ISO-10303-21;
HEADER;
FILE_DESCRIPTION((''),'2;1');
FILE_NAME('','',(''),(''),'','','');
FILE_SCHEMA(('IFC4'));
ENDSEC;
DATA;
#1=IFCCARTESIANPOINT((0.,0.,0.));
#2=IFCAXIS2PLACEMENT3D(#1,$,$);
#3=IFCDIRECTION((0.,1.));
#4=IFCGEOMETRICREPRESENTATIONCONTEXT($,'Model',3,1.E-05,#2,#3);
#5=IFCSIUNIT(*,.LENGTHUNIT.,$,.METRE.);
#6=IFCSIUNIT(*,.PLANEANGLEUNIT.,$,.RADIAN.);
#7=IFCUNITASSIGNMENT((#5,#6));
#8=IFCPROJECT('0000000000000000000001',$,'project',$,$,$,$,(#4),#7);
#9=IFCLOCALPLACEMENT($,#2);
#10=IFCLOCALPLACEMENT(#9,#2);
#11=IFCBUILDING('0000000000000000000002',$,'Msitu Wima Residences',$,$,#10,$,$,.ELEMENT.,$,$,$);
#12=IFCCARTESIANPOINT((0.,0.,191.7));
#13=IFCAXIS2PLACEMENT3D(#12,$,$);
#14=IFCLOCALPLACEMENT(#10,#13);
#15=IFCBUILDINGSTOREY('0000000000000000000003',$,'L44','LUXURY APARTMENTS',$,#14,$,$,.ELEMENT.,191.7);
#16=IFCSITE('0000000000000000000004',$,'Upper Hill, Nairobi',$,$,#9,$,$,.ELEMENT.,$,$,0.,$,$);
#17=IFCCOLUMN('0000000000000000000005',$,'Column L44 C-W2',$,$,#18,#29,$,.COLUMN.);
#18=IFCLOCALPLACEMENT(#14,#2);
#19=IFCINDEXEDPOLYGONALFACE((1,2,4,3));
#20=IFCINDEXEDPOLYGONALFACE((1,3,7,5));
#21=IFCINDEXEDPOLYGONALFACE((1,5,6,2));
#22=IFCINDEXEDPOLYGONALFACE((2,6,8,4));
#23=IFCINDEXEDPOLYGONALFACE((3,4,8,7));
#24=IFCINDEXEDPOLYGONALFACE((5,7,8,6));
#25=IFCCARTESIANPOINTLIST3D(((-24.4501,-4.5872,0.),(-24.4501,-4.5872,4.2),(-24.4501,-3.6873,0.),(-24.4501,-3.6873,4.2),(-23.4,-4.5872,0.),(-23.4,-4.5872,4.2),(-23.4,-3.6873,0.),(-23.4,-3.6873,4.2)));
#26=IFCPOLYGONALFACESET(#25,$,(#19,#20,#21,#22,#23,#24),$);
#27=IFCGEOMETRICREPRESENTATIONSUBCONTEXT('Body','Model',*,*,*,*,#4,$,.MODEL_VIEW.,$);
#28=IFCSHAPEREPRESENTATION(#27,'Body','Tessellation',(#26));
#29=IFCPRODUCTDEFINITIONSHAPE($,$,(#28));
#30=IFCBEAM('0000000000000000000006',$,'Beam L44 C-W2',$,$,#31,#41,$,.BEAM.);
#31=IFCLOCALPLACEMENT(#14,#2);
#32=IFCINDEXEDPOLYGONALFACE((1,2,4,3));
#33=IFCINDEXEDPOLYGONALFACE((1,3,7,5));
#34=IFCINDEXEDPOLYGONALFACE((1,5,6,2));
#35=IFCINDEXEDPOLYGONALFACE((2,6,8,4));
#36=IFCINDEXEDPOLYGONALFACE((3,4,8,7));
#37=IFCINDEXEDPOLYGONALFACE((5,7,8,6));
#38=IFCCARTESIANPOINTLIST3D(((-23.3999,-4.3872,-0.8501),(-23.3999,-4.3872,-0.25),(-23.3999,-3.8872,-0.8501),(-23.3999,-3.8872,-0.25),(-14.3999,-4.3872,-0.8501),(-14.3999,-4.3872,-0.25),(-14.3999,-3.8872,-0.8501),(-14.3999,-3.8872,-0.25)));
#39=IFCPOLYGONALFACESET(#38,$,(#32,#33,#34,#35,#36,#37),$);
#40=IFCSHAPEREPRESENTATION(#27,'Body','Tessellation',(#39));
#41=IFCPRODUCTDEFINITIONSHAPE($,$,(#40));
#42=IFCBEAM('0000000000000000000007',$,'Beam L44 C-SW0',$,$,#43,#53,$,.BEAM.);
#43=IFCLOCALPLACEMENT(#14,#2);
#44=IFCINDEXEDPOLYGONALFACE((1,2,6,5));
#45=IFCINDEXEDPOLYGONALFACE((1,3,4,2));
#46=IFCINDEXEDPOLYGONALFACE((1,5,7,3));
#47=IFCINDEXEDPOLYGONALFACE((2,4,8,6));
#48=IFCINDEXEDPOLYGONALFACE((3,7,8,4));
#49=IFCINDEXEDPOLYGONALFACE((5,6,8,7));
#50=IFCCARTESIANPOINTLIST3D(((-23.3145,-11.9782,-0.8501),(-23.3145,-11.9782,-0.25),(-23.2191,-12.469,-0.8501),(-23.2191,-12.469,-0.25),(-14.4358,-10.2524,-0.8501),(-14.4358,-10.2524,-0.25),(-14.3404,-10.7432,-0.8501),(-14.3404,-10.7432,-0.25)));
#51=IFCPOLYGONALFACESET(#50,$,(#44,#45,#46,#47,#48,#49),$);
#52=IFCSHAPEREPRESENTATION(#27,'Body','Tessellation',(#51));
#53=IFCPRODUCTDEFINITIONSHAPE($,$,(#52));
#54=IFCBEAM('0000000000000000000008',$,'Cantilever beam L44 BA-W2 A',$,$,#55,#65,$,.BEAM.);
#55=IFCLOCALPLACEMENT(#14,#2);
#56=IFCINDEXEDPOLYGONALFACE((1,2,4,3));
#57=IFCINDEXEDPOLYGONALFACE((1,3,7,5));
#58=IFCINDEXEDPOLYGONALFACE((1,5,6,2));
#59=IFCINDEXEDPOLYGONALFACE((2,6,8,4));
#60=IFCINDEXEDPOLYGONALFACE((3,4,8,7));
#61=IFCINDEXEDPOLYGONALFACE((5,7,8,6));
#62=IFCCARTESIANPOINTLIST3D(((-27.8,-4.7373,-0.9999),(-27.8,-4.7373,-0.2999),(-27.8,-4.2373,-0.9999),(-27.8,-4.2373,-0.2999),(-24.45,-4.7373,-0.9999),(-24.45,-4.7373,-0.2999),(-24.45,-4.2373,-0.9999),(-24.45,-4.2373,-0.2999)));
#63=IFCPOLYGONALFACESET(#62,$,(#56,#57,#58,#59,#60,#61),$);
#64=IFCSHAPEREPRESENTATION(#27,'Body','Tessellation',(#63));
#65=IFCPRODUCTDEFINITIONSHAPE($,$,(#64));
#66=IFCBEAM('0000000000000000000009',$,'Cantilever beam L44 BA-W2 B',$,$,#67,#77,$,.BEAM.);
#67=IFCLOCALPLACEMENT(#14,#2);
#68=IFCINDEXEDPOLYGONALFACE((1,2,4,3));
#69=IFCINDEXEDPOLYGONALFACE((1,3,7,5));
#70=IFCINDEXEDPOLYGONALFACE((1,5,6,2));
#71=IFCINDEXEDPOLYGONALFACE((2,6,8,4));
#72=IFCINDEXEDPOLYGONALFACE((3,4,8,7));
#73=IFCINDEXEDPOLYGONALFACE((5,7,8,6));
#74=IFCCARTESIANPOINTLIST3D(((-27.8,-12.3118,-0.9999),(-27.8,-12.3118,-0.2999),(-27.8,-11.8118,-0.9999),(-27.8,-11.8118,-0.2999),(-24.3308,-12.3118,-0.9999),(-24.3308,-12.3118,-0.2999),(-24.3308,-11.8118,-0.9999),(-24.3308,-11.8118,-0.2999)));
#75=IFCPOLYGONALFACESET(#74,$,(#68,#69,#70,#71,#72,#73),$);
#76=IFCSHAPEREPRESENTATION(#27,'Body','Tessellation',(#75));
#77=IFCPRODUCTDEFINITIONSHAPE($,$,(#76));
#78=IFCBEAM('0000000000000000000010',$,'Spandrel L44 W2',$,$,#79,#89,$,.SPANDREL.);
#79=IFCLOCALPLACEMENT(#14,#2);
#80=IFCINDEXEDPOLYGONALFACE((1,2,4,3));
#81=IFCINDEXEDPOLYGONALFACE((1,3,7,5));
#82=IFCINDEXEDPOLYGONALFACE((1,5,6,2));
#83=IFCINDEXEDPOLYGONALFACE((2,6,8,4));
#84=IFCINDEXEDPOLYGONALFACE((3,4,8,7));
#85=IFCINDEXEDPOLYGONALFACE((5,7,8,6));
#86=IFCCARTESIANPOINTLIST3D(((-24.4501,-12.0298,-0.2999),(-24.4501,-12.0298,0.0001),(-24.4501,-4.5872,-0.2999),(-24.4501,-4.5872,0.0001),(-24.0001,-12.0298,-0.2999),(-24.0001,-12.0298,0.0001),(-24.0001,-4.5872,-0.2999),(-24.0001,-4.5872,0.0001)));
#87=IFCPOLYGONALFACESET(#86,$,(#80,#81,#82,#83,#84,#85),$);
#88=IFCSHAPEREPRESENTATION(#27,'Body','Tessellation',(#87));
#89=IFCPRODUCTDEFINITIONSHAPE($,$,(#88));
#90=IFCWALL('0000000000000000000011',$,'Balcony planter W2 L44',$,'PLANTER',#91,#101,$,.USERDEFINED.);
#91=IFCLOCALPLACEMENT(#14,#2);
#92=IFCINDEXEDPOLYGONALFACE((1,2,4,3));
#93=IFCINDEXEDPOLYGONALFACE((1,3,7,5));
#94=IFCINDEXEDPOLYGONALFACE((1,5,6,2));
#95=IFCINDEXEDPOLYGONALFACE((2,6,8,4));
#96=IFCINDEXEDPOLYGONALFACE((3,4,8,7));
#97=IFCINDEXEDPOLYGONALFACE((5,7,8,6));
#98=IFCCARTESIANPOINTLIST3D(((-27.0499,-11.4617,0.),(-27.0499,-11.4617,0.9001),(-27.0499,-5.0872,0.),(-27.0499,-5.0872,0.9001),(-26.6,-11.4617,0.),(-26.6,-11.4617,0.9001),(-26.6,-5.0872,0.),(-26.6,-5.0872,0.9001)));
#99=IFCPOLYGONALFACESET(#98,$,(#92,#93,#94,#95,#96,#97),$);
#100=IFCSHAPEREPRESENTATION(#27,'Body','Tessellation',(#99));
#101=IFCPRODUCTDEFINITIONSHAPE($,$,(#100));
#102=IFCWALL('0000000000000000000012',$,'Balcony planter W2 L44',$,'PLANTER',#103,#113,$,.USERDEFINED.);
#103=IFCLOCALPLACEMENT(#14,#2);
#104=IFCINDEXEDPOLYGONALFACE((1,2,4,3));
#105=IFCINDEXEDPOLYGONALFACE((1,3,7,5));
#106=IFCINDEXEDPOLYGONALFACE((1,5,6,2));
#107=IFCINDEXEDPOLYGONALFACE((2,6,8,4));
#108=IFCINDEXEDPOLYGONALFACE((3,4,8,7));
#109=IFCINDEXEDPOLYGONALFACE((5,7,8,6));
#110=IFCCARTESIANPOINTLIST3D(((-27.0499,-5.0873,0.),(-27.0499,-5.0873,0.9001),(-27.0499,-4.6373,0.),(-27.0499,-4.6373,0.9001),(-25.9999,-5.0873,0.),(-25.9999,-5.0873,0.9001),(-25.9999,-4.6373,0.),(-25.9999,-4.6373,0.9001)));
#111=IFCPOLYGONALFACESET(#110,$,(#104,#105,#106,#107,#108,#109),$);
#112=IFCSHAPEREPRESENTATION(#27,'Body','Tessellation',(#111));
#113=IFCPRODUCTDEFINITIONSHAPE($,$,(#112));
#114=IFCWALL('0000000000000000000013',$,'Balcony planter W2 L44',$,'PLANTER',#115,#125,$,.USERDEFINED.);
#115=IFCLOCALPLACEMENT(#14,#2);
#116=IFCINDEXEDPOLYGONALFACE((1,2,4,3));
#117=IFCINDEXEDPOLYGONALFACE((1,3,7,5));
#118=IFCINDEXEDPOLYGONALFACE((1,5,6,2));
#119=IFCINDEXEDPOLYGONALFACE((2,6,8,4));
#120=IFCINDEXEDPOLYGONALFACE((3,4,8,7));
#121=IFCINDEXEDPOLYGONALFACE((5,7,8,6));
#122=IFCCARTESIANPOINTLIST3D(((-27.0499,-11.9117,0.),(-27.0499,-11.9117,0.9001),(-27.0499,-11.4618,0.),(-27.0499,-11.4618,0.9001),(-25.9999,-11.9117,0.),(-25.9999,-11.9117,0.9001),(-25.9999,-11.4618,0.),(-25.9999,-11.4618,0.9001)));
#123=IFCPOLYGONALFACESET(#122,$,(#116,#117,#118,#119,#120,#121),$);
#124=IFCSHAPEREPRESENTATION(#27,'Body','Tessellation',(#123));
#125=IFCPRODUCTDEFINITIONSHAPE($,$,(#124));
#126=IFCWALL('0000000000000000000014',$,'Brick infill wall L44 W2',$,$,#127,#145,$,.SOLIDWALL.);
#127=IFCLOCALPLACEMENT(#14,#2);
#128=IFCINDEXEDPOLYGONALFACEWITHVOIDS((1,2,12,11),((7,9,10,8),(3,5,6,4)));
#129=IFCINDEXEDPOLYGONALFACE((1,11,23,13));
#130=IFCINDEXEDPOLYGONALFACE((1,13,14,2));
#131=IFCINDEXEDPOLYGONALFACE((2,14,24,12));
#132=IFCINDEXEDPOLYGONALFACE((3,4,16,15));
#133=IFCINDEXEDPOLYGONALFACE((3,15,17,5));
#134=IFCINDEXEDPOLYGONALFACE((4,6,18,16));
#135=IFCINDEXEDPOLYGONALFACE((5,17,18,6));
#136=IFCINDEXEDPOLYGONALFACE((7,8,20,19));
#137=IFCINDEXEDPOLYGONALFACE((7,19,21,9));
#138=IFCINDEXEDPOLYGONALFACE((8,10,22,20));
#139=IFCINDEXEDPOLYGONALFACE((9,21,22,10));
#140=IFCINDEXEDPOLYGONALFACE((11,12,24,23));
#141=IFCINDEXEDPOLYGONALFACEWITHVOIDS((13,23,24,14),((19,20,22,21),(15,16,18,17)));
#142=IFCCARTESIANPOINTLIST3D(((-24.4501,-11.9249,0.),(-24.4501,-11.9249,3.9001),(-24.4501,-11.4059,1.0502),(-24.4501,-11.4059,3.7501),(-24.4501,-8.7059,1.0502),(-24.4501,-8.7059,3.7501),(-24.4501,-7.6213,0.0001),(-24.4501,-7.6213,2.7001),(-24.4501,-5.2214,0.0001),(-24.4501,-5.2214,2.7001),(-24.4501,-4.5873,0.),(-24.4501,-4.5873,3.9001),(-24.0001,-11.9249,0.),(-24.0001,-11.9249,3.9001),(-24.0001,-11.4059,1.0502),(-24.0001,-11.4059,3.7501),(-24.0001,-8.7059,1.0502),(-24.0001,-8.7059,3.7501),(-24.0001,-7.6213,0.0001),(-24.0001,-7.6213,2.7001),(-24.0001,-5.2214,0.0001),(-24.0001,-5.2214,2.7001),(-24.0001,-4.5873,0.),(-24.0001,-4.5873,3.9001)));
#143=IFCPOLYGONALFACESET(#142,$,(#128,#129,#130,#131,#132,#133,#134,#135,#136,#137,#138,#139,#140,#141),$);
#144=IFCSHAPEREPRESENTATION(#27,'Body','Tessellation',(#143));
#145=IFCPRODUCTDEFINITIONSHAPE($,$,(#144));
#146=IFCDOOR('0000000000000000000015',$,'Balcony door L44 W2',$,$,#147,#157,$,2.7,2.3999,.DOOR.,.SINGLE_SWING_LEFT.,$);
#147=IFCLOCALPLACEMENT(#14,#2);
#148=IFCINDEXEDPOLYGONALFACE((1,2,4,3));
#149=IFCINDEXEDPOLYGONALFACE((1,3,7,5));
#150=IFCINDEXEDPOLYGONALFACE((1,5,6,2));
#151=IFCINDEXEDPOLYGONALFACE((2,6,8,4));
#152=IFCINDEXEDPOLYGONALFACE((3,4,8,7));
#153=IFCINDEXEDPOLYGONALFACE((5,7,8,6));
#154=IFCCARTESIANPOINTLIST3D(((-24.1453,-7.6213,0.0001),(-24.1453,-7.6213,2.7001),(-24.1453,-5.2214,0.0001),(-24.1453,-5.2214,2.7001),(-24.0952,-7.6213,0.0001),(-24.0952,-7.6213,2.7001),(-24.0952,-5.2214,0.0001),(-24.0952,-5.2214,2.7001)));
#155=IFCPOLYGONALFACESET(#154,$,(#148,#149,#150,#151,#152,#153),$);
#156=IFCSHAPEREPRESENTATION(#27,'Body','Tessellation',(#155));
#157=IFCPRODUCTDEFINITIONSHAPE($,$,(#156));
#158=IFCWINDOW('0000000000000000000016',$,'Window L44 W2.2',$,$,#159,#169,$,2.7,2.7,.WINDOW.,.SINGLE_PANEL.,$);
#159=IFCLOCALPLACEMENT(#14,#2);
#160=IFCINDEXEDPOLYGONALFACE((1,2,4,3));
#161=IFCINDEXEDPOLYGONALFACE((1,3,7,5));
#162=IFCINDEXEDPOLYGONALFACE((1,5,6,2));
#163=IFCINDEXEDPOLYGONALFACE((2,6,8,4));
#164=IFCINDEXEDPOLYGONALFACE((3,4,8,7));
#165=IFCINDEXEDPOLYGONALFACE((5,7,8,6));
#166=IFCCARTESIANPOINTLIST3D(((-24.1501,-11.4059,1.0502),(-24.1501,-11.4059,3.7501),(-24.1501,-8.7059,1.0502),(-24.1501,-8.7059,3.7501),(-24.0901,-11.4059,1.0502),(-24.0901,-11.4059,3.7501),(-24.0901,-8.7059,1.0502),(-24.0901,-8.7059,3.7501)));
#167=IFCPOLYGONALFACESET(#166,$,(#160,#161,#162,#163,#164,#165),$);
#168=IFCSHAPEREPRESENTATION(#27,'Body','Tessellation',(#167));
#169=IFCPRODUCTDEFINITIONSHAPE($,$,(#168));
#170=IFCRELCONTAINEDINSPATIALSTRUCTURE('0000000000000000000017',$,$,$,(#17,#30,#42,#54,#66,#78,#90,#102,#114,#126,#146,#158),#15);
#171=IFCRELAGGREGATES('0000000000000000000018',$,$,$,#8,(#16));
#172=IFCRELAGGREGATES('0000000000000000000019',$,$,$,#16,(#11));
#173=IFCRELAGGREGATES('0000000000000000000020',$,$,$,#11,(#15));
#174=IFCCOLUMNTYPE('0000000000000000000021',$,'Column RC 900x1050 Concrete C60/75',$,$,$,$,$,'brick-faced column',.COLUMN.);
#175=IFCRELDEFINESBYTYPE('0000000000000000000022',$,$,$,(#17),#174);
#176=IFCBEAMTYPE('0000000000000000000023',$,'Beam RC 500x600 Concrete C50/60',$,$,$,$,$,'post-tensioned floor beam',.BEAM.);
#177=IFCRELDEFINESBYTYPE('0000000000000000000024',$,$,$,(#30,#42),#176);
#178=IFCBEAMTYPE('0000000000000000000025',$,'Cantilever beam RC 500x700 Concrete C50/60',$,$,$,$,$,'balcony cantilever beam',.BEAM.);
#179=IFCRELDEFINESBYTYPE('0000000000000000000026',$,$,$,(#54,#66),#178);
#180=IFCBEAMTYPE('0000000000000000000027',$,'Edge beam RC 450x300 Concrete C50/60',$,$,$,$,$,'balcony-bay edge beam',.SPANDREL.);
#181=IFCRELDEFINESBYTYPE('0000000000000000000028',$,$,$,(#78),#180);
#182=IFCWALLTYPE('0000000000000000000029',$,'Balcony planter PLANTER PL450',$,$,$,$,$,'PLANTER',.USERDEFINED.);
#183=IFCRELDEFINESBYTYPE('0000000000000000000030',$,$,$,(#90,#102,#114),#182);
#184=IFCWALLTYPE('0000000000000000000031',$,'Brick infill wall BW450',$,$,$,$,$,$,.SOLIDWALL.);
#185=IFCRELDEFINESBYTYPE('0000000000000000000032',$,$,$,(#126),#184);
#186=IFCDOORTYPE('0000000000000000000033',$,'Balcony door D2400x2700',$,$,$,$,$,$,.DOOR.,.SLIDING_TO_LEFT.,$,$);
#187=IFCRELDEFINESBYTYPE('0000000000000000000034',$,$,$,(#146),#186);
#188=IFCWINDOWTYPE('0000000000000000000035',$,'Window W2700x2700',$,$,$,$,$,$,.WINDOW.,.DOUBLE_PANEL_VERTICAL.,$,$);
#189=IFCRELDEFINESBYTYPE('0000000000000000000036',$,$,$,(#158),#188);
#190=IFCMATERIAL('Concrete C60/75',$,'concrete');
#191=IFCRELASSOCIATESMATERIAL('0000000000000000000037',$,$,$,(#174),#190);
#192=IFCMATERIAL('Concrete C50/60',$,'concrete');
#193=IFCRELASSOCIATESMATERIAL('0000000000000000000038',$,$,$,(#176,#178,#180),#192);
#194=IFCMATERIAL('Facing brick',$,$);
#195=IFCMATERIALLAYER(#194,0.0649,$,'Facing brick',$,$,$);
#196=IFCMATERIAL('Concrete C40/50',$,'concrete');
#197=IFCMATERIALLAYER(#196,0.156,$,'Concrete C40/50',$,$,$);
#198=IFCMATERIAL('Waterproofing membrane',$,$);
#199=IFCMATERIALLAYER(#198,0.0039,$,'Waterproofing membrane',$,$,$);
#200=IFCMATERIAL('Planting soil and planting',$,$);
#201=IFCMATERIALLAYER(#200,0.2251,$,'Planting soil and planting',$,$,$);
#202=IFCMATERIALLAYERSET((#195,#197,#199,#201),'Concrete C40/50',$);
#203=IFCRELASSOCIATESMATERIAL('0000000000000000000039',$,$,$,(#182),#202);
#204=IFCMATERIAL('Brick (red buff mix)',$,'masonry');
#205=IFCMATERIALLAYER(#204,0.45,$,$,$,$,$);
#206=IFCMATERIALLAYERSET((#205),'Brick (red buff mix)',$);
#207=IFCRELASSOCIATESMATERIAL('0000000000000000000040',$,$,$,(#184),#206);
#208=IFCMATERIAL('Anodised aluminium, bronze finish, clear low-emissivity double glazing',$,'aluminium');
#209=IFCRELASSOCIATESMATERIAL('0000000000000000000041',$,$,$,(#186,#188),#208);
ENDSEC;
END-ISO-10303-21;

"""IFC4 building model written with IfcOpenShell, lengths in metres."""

from ifc_helpers import new_model, si_unit, direction, frame, frame_2d, origin, origin_2d, place, context, subcontext, project, spatial, rectangle, extrude, material, layer, layer_set, material_profile, profile_set, type_object, element, fill, save


model = new_model("IFC4")

# Units and contexts
model_context = context("Model", 3, precision=1e-05, world=origin(), true_north=direction((0.0, 1.0)))
body_context = subcontext(model_context, "Body", "Model", "MODEL_VIEW")
ifc_project = project(units=[si_unit("LENGTHUNIT", "METRE"), si_unit("PLANEANGLEUNIT", "RADIAN")], contexts=[model_context])

# Site, building, storey
site_placement = place(None, origin())
site = spatial("IfcSite", under=ifc_project, at=site_placement, Name="Upper Hill, Nairobi", CompositionType="ELEMENT", RefElevation=0.0)
building_placement = place(site_placement, origin())
building = spatial("IfcBuilding", under=site, at=building_placement, Name="Msitu Wima Residences", CompositionType="ELEMENT")
storey_placement = place(building_placement, frame((0.0, 0.0, 191.7)))
storey = spatial("IfcBuildingStorey", under=building, at=storey_placement, Name="L44", Description="LUXURY APARTMENTS", CompositionType="ELEMENT", Elevation=191.7)

# Column
ifc_material_1 = material(Name="Concrete C60/75", Category="concrete")
ifc_material_profile_1 = material_profile(ifc_material_1, rectangle(XDim=0.8999, YDim=1.05, at=origin_2d()), Name="RC 900x1050")
ifc_profile_set_1 = profile_set([ifc_material_profile_1], Name="Concrete C60/75")
column_type = type_object("IfcColumnType", Name="Column RC 900x1050 Concrete C60/75", ElementType="brick-faced column", PredefinedType="COLUMN", material=ifc_profile_set_1)
column_placement = place(storey_placement, frame((-23.925, -4.1372, 0.0), z_axis=(0.0, 0.0, 1.0), x_axis=(0.0, -1.0, 0.0)))
element("IfcColumn", 1, at=column_placement, inside=storey, type_object=column_type, Name="Column L44 C-W2", PredefinedType="COLUMN", context=body_context, shape_type="SweptSolid", body=[
    extrude(rectangle(XDim=0.8999, YDim=1.05, at=origin_2d()), origin(), (0.0, 0.0, 1.0), 4.2),
])

# Beams
ifc_material_2 = material(Name="Concrete C50/60", Category="concrete")
ifc_material_profile_2 = material_profile(ifc_material_2, rectangle(XDim=0.5, YDim=0.6001, at=origin_2d()), Name="RC 500x600")
ifc_profile_set_2 = profile_set([ifc_material_profile_2], Name="Concrete C50/60")
beam_type_1 = type_object("IfcBeamType", Name="Beam RC 500x600 Concrete C50/60", ElementType="post-tensioned floor beam", PredefinedType="BEAM", material=ifc_profile_set_2)
beam_1_placement = place(storey_placement, frame((-23.3999, -4.1372, -0.55), z_axis=(1.0, 0.0, 0.0), x_axis=(0.0, 1.0, 0.0)))
element("IfcBeam", 2, at=beam_1_placement, inside=storey, type_object=beam_type_1, Name="Beam L44 C-W2", PredefinedType="BEAM", context=body_context, shape_type="SweptSolid", body=[
    extrude(rectangle(XDim=0.5, YDim=0.6001, at=origin_2d()), origin(), (0.0, 0.0, 1.0), 9.0),
])
beam_2_placement = place(storey_placement, frame((-23.2668, -12.2236, -0.55), z_axis=(0.981627, 0.190808, 0.0), x_axis=(-0.190808, 0.981627, 0.0)))
element("IfcBeam", 3, at=beam_2_placement, inside=storey, type_object=beam_type_1, Name="Beam L44 C-SW0", PredefinedType="BEAM", context=body_context, shape_type="SweptSolid", body=[
    extrude(rectangle(XDim=0.5, YDim=0.6001, at=origin_2d()), origin(), (0.0, 0.0, 1.0), 9.0449),
])
ifc_material_profile_3 = material_profile(ifc_material_2, rectangle(XDim=0.5, YDim=0.7, at=origin_2d()), Name="RC 500x700")
ifc_profile_set_3 = profile_set([ifc_material_profile_3], Name="Concrete C50/60")
beam_type_2 = type_object("IfcBeamType", Name="Cantilever beam RC 500x700 Concrete C50/60", ElementType="balcony cantilever beam", PredefinedType="BEAM", material=ifc_profile_set_3)
beam_3_placement = place(storey_placement, frame((-24.45, -4.4873, -0.6499), z_axis=(-1.0, 0.0, 0.0), x_axis=(0.0, -1.0, 0.0)))
element("IfcBeam", 4, at=beam_3_placement, inside=storey, type_object=beam_type_2, Name="Cantilever beam L44 BA-W2 A", PredefinedType="BEAM", context=body_context, shape_type="SweptSolid", body=[
    extrude(rectangle(XDim=0.5, YDim=0.7, at=origin_2d()), origin(), (0.0, 0.0, 1.0), 3.3501),
])
beam_4_placement = place(storey_placement, frame((-24.3308, -12.0618, -0.6499), z_axis=(-1.0, 0.0, 0.0), x_axis=(0.0, -1.0, 0.0)))
element("IfcBeam", 5, at=beam_4_placement, inside=storey, type_object=beam_type_2, Name="Cantilever beam L44 BA-W2 B", PredefinedType="BEAM", context=body_context, shape_type="SweptSolid", body=[
    extrude(rectangle(XDim=0.5, YDim=0.7, at=origin_2d()), origin(), (0.0, 0.0, 1.0), 3.4692),
])
ifc_material_profile_4 = material_profile(ifc_material_2, rectangle(XDim=0.45, YDim=0.3, at=origin_2d()), Name="RC 450x300")
ifc_profile_set_4 = profile_set([ifc_material_profile_4], Name="Concrete C50/60")
beam_type_3 = type_object("IfcBeamType", Name="Edge beam RC 450x300 Concrete C50/60", ElementType="balcony-bay edge beam", PredefinedType="SPANDREL", material=ifc_profile_set_4)
beam_5_placement = place(storey_placement, frame((-24.2251, -4.5872, -0.1499), z_axis=(0.0, -1.0, 0.0), x_axis=(1.0, 0.0, 0.0)))
element("IfcBeam", 6, at=beam_5_placement, inside=storey, type_object=beam_type_3, Name="Spandrel L44 W2", PredefinedType="SPANDREL", context=body_context, shape_type="SweptSolid", body=[
    extrude(rectangle(XDim=0.45, YDim=0.3, at=origin_2d()), origin(), (0.0, 0.0, 1.0), 7.4426),
])

# Walls
ifc_material_3 = material(Name="Facing brick")
ifc_layer_1 = layer(ifc_material_3, 0.0649, Name="Facing brick")
ifc_material_4 = material(Name="Concrete C40/50", Category="concrete")
ifc_layer_2 = layer(ifc_material_4, 0.156, Name="Concrete C40/50")
ifc_material_5 = material(Name="Waterproofing membrane")
ifc_layer_3 = layer(ifc_material_5, 0.0039, Name="Waterproofing membrane")
ifc_material_6 = material(Name="Planting soil and planting")
ifc_layer_4 = layer(ifc_material_6, 0.2251, Name="Planting soil and planting")
ifc_layer_set_1 = layer_set([ifc_layer_1, ifc_layer_2, ifc_layer_3, ifc_layer_4], Name="Concrete C40/50")
wall_type_1 = type_object("IfcWallType", Name="Balcony planter PLANTER PL450", ElementType="PLANTER", PredefinedType="USERDEFINED", material=ifc_layer_set_1)
wall_1_placement = place(storey_placement, frame((-26.825, -5.0872, 0.0), z_axis=(0.0, 0.0, 1.0), x_axis=(0.0, -1.0, 0.0)))
element("IfcWall", 7, at=wall_1_placement, inside=storey, type_object=wall_type_1, Name="Balcony planter W2 L44", ObjectType="PLANTER", PredefinedType="USERDEFINED", context=body_context, shape_type="SweptSolid", body=[
    extrude(rectangle(XDim=6.3745, YDim=0.45, at=frame_2d((3.1873, 0.0))), origin(), (0.0, 0.0, 1.0), 0.9001),
])
for number, where, z_axis, x_axis, name in (
    (8, (-26.0, -4.8623, 0.0), (0.0, 0.0, 1.0), (-1.0, 0.0, 0.0), "Balcony planter W2 L44"),
    (9, (-26.0, -11.6868, 0.0), (0.0, 0.0, 1.0), (-1.0, 0.0, 0.0), "Balcony planter W2 L44"),
):
    element("IfcWall", number, at=place(storey_placement, frame(where, z_axis=z_axis, x_axis=x_axis)), inside=storey, type_object=wall_type_1, Name=name, ObjectType="PLANTER", PredefinedType="USERDEFINED", context=body_context, shape_type="SweptSolid", body=[
        extrude(rectangle(XDim=1.05, YDim=0.45, at=frame_2d((0.5249, 0.0))), origin(), (0.0, 0.0, 1.0), 0.9001),
    ])

# Wall, openings, door, window
ifc_material_7 = material(Name="Brick (red buff mix)", Category="masonry")
ifc_layer_5 = layer(ifc_material_7, 0.45)
ifc_layer_set_2 = layer_set([ifc_layer_5], Name="Brick (red buff mix)")
wall_type_2 = type_object("IfcWallType", Name="Brick infill wall BW450", PredefinedType="SOLIDWALL", material=ifc_layer_set_2)
wall_2_placement = place(storey_placement, frame((-24.2251, -4.5872, 0.0), z_axis=(0.0, 0.0, 1.0), x_axis=(0.0, -1.0, 0.0)))
wall_2 = element("IfcWall", 10, at=wall_2_placement, inside=storey, type_object=wall_type_2, Name="Brick infill wall L44 W2", PredefinedType="SOLIDWALL", context=body_context, shape_type="SweptSolid", body=[
    extrude(rectangle(XDim=7.3376, YDim=0.45, at=frame_2d((3.6689, 0.0))), origin(), (0.0, 0.0, 1.0), 3.9001),
])
opening_1_placement = place(wall_2_placement, frame((0.6343, 0.0, 0.0)))
opening_1 = element("IfcOpeningElement", 11, at=opening_1_placement, cuts=wall_2, PredefinedType="OPENING", context=body_context, shape_type="SweptSolid", body=[
    extrude(rectangle(XDim=2.3999, YDim=2.7, at=frame_2d((1.2, 1.3501))), frame((0.0, 0.2349, 0.0), z_axis=(0.0, -1.0, 0.0), x_axis=(1.0, 0.0, 0.0)), (0.0, 0.0, 1.0), 0.47),
])
opening_2_placement = place(wall_2_placement, frame((4.1187, 0.0, 1.05)))
opening_2 = element("IfcOpeningElement", 12, at=opening_2_placement, cuts=wall_2, PredefinedType="OPENING", context=body_context, shape_type="SweptSolid", body=[
    extrude(rectangle(XDim=2.7, YDim=2.7, at=frame_2d((1.3501, 1.3501))), frame((0.0, 0.2349, 0.0), z_axis=(0.0, -1.0, 0.0), x_axis=(1.0, 0.0, 0.0)), (0.0, 0.0, 1.0), 0.47),
])
ifc_material_8 = material(Name="Anodised aluminium, bronze finish, clear low-emissivity double glazing", Category="aluminium")
door_type_1 = type_object("IfcDoorType", Name="Balcony door D2400x2700", OperationType="SLIDING_TO_LEFT", PredefinedType="DOOR", material=ifc_material_8)
door_1_placement = place(opening_1_placement, origin())
door_1 = element("IfcDoor", 13, at=door_1_placement, inside=storey, type_object=door_type_1, Name="Balcony door L44 W2", OperationType="SINGLE_SWING_LEFT", OverallHeight=2.7, OverallWidth=2.3999, PredefinedType="DOOR", context=body_context, shape_type="SweptSolid", body=[
    extrude(rectangle(XDim=2.3999, YDim=2.7, at=frame_2d((1.2, 1.3501))), frame((0.0, 0.1299, 0.0), z_axis=(0.0, -1.0, 0.0), x_axis=(1.0, 0.0, 0.0)), (0.0, 0.0, 1.0), 0.05),
])
fill(opening_1, door_1)
window_type = type_object("IfcWindowType", Name="Window W2700x2700", PartitioningType="DOUBLE_PANEL_VERTICAL", PredefinedType="WINDOW", material=ifc_material_8)
window_placement = place(opening_2_placement, origin())
window = element("IfcWindow", 14, at=window_placement, inside=storey, type_object=window_type, Name="Window L44 W2.2", OverallHeight=2.7, OverallWidth=2.7, PartitioningType="SINGLE_PANEL", PredefinedType="WINDOW", context=body_context, shape_type="SweptSolid", body=[
    extrude(rectangle(XDim=2.7, YDim=2.7, at=frame_2d((1.3501, 1.3501))), frame((0.0, 0.135, 0.0), z_axis=(0.0, -1.0, 0.0), x_axis=(1.0, 0.0, 0.0)), (0.0, 0.0, 1.0), 0.0601),
])
fill(opening_2, window)

save(model, "model.ifc")
